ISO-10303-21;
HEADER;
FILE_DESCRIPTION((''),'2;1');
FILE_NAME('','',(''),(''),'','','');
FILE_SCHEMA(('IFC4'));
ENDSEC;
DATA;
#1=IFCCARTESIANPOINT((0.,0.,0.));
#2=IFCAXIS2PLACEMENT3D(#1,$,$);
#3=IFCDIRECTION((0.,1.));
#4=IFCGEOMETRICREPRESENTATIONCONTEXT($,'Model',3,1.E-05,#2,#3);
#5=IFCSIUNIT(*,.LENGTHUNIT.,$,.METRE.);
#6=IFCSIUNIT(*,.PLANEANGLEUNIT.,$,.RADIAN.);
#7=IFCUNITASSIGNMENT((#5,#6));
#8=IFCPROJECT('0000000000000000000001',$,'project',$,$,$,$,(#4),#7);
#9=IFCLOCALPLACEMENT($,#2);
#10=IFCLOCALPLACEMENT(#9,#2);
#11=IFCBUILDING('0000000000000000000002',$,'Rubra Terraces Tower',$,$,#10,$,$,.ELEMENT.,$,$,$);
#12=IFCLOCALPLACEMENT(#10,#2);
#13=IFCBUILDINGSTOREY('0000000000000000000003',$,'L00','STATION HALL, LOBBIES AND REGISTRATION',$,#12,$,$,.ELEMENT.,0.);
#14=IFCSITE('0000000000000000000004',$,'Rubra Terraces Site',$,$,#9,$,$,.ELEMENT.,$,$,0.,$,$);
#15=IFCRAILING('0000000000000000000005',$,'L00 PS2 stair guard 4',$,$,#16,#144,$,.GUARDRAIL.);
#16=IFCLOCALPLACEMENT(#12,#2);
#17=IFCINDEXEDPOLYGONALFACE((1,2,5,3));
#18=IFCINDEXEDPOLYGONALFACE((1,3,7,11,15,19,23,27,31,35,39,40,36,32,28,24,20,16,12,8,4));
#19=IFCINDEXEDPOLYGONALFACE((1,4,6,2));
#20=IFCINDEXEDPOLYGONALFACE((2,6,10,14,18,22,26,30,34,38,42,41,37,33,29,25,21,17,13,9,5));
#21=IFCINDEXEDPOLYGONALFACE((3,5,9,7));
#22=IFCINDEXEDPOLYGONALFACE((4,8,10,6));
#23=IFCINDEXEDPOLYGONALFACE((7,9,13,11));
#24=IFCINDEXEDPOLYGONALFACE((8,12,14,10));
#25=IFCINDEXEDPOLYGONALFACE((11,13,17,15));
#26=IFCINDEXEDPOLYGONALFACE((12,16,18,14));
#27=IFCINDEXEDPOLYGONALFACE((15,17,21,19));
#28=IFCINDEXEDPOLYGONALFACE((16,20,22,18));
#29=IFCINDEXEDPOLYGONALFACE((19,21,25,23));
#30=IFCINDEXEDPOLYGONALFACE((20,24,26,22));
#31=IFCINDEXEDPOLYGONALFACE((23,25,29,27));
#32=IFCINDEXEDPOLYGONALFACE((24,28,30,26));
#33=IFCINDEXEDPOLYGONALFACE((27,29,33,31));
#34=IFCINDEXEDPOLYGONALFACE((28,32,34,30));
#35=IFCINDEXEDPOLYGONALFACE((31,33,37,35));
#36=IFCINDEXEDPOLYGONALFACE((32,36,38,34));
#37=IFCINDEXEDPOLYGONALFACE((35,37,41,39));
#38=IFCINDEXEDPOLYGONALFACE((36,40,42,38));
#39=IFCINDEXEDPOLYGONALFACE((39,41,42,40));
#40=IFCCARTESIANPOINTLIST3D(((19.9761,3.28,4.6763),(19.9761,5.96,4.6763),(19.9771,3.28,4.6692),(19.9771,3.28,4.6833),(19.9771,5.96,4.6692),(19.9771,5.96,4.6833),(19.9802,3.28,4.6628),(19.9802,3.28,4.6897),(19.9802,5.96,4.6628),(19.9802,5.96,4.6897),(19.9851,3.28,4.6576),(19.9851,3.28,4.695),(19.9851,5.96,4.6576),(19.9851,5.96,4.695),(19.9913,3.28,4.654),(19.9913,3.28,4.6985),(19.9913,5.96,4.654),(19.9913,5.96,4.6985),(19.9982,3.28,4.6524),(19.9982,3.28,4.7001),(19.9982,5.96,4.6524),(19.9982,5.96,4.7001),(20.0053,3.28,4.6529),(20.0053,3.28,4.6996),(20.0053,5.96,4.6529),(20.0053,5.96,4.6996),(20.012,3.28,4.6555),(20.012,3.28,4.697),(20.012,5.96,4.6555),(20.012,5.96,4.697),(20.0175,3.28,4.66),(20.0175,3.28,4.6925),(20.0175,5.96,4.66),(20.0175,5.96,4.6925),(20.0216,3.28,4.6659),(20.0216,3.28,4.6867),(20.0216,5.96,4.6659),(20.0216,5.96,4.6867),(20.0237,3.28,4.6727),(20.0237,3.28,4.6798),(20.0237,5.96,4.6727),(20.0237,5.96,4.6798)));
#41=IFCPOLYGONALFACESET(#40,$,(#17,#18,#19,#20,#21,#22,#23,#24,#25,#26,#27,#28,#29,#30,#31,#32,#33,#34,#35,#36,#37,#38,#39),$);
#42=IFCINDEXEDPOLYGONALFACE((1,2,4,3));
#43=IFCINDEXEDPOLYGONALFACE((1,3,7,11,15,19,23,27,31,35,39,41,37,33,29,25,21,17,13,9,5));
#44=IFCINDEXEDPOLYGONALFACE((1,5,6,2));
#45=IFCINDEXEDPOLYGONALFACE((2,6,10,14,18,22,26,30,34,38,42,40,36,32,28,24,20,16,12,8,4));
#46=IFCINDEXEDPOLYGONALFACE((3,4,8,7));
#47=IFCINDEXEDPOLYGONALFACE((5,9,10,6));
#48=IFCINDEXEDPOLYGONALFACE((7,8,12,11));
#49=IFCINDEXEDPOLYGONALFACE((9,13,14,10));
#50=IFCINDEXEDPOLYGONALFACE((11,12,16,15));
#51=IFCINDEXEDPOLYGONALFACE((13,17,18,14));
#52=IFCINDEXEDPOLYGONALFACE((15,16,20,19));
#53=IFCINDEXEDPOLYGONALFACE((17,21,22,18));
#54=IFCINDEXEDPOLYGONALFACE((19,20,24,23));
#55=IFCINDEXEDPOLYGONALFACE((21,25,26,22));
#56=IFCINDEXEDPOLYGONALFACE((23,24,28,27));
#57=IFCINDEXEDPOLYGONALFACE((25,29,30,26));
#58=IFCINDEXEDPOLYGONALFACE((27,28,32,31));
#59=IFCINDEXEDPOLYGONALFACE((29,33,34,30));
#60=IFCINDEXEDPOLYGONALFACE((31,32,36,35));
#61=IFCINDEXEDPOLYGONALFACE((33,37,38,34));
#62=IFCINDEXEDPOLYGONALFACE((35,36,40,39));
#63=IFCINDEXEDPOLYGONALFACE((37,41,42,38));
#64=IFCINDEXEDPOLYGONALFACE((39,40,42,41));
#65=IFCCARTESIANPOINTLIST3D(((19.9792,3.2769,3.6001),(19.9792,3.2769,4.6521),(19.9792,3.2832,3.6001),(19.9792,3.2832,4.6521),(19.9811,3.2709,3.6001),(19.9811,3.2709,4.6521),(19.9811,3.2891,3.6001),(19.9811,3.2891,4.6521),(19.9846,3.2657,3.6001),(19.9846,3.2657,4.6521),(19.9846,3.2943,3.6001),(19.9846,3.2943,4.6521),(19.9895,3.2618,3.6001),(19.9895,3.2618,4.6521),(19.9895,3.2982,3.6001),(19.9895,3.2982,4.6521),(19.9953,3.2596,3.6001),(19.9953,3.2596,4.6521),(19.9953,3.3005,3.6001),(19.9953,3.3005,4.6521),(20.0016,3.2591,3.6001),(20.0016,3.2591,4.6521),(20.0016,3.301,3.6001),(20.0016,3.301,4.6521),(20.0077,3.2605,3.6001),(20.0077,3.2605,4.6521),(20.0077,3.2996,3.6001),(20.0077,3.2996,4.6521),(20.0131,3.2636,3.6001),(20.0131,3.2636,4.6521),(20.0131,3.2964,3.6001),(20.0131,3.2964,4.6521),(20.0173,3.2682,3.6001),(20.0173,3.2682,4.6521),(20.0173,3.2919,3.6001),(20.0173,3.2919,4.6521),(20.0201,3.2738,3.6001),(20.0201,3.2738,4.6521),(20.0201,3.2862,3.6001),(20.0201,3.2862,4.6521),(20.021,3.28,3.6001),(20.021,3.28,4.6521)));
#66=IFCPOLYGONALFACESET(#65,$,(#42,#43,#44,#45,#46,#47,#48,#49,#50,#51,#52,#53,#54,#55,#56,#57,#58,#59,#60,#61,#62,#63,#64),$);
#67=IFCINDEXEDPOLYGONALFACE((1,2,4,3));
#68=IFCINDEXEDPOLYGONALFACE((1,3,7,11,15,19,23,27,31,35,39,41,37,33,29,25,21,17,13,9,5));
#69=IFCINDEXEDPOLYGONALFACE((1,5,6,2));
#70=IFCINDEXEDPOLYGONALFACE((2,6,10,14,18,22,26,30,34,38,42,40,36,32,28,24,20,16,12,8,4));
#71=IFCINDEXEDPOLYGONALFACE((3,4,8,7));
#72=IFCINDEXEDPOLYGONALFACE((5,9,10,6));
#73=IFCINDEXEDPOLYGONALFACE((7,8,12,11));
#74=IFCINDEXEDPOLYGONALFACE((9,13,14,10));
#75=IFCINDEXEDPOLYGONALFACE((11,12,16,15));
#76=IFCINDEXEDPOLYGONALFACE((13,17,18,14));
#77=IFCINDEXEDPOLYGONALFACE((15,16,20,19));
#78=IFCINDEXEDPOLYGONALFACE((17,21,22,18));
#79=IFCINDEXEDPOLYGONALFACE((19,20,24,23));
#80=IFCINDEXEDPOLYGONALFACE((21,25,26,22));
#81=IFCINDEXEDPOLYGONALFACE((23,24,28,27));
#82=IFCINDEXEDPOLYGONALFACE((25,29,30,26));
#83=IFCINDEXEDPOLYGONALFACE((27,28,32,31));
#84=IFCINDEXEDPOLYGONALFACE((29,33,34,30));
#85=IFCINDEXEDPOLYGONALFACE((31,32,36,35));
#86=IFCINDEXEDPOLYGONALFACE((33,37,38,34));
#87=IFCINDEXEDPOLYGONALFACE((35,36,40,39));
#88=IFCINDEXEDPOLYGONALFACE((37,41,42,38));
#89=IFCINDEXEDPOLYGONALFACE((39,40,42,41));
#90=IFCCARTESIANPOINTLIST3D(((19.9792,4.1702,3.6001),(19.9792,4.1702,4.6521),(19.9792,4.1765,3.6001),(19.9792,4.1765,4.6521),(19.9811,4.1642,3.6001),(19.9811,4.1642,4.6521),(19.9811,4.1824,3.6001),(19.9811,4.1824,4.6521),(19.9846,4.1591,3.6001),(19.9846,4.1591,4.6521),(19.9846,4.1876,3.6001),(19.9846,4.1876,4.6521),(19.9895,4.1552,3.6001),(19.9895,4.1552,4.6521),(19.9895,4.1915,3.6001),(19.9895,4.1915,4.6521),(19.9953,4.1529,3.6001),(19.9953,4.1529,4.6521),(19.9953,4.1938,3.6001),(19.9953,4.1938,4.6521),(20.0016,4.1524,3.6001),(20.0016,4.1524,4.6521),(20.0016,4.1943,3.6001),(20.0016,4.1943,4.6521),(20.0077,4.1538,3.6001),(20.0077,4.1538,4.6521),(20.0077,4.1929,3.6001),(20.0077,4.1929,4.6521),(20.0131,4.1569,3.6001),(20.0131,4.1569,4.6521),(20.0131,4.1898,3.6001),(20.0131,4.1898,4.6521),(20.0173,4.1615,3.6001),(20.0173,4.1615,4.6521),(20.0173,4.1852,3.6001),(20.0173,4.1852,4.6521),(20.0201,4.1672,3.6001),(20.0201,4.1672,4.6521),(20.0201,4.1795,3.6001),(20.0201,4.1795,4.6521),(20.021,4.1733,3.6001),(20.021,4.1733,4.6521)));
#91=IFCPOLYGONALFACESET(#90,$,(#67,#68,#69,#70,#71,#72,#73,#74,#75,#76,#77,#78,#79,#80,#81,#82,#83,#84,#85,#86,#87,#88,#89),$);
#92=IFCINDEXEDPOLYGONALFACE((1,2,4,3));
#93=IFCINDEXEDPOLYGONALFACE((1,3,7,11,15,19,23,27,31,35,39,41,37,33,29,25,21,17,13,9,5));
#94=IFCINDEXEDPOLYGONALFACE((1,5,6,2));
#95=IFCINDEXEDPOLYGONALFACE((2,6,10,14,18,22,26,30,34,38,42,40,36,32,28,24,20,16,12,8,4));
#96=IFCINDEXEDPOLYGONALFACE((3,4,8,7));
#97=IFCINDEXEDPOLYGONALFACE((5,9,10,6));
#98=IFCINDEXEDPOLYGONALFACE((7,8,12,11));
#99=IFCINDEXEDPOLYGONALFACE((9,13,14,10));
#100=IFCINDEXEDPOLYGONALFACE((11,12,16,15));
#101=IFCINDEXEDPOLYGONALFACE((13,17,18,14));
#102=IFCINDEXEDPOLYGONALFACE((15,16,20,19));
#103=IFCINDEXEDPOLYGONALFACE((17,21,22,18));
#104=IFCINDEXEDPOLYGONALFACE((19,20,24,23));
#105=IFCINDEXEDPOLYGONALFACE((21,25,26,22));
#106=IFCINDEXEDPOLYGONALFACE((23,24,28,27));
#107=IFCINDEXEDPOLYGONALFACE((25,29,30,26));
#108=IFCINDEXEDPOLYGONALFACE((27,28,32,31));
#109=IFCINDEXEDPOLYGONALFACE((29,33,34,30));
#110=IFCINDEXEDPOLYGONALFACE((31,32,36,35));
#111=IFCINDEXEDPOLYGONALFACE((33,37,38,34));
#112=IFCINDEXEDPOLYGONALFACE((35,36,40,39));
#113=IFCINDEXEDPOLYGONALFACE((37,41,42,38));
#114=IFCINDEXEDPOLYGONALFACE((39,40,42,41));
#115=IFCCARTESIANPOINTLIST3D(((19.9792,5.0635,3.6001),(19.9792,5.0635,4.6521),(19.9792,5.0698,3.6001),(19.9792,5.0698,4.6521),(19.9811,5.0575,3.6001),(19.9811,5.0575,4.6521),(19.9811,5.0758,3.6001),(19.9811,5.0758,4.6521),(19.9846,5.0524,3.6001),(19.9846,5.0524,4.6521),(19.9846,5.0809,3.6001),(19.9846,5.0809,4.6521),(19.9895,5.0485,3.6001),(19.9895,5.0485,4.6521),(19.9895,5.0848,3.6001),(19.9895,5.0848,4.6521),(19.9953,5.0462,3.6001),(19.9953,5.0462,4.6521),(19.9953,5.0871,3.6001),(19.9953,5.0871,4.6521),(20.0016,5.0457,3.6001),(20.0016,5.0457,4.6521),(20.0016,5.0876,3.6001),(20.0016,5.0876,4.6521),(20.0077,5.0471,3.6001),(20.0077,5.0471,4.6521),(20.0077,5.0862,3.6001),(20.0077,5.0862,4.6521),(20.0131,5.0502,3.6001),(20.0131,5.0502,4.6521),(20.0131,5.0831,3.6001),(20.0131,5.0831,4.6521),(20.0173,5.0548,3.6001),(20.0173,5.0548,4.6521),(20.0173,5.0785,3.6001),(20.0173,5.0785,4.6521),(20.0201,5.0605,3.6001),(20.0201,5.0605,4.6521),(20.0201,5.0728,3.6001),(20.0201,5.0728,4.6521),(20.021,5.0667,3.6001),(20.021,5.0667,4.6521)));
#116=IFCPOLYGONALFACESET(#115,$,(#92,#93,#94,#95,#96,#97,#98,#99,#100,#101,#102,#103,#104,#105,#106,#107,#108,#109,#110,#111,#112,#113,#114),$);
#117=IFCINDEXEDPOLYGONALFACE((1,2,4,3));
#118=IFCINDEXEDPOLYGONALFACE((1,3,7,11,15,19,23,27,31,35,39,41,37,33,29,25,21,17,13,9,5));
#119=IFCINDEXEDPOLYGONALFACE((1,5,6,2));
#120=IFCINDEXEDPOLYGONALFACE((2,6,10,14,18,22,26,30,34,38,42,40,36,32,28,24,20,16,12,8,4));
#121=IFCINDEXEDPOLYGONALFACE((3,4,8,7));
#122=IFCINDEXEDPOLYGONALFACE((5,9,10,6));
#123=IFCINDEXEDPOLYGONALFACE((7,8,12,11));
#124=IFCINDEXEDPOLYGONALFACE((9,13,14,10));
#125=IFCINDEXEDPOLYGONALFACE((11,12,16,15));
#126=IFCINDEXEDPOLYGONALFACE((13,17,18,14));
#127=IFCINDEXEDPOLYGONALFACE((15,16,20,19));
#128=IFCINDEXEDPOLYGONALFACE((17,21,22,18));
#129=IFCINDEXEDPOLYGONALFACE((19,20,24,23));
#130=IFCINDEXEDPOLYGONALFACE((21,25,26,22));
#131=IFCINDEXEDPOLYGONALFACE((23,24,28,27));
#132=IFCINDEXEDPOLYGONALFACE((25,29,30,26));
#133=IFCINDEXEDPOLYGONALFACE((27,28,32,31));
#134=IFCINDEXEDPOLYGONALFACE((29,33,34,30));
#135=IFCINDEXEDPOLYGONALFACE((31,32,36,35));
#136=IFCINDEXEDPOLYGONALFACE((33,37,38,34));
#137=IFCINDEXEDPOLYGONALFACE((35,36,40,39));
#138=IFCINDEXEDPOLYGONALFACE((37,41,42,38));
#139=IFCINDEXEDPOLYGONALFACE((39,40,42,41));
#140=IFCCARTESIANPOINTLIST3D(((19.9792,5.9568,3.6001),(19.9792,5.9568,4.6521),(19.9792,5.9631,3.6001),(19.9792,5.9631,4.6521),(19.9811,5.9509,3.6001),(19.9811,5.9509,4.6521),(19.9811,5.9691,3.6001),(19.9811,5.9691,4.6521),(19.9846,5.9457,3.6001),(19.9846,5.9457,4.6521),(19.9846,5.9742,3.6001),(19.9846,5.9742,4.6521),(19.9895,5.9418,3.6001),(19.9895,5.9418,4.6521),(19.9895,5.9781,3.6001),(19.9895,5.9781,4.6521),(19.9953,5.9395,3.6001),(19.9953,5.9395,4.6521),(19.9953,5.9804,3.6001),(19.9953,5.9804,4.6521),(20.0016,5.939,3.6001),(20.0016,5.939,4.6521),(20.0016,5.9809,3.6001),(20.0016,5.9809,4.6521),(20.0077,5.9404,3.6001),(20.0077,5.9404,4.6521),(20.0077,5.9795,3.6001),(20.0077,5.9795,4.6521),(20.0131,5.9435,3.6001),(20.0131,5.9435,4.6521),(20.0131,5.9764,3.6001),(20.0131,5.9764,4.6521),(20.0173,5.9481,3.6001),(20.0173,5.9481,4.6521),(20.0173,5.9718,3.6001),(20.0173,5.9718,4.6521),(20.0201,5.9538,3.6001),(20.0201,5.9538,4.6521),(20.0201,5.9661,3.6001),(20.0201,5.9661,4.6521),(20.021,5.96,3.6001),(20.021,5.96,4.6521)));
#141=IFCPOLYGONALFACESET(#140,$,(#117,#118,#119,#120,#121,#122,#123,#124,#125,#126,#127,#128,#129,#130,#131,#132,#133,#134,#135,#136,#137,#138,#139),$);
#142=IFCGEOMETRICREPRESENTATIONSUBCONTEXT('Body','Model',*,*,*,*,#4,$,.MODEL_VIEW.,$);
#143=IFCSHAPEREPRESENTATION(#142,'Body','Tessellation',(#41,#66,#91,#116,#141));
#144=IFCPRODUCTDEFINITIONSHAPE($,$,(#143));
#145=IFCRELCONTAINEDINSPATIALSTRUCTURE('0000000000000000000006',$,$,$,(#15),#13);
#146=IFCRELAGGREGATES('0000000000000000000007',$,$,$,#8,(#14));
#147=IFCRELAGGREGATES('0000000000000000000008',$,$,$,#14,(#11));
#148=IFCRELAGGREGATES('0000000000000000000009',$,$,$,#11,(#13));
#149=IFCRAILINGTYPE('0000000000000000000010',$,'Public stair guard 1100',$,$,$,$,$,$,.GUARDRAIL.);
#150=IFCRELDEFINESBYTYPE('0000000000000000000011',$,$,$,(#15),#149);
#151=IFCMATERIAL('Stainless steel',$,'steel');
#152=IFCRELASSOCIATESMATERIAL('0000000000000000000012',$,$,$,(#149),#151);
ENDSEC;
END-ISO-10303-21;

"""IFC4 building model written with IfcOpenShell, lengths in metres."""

from ifc_helpers import new_model, si_unit, direction, frame, origin, origin_2d, place, context, subcontext, project, spatial, circle, extrude, material, type_object, element, save


model = new_model("IFC4")

# Units and contexts
model_context = context("Model", 3, precision=1e-05, world=origin(), true_north=direction((0.0, 1.0)))
body_context = subcontext(model_context, "Body", "Model", "MODEL_VIEW")
ifc_project = project(units=[si_unit("LENGTHUNIT", "METRE"), si_unit("PLANEANGLEUNIT", "RADIAN")], contexts=[model_context])

# Site, building, storey
site_placement = place(None, origin())
site = spatial("IfcSite", under=ifc_project, at=site_placement, Name="Rubra Terraces Site", CompositionType="ELEMENT", RefElevation=0.0)
building_placement = place(site_placement, origin())
building = spatial("IfcBuilding", under=site, at=building_placement, Name="Rubra Terraces Tower", CompositionType="ELEMENT")
storey_placement = place(building_placement, origin())
storey = spatial("IfcBuildingStorey", under=building, at=storey_placement, Name="L00", Description="STATION HALL, LOBBIES AND REGISTRATION", CompositionType="ELEMENT", Elevation=0.0)

# Railing
ifc_material_1 = material(Name="Stainless steel", Category="steel")
railing_type_1 = type_object("IfcRailingType", Name="Public stair guard 1100", PredefinedType="GUARDRAIL", material=ifc_material_1)
for number, where, name in (
    (1, (20.0, 3.28, 3.6001), "L00 PS2 stair guard 4"),
):
    element("IfcRailing", number, at=place(storey_placement, frame(where)), inside=storey, type_object=railing_type_1, Name=name, PredefinedType="GUARDRAIL", context=body_context, shape_type="SweptSolid", body=[
        extrude(circle(Radius=0.0239, at=origin_2d()), frame((0.0, 0.0, 1.0762), z_axis=(0.0, 1.0, 0.0), x_axis=(-1.0, 0.0, 0.0)), (0.0, 0.0, 1.0), 2.6799),
        extrude(circle(Radius=0.021, at=origin_2d()), origin(), (0.0, 0.0, 1.0), 1.052),
        extrude(circle(Radius=0.021, at=origin_2d()), frame((0.0, 0.8933, 0.0)), (0.0, 0.0, 1.0), 1.052),
        extrude(circle(Radius=0.021, at=origin_2d()), frame((0.0, 1.7866, 0.0)), (0.0, 0.0, 1.0), 1.052),
        extrude(circle(Radius=0.021, at=origin_2d()), frame((0.0, 2.6799, 0.0)), (0.0, 0.0, 1.0), 1.052),
    ])

save(model, "model.ifc")
